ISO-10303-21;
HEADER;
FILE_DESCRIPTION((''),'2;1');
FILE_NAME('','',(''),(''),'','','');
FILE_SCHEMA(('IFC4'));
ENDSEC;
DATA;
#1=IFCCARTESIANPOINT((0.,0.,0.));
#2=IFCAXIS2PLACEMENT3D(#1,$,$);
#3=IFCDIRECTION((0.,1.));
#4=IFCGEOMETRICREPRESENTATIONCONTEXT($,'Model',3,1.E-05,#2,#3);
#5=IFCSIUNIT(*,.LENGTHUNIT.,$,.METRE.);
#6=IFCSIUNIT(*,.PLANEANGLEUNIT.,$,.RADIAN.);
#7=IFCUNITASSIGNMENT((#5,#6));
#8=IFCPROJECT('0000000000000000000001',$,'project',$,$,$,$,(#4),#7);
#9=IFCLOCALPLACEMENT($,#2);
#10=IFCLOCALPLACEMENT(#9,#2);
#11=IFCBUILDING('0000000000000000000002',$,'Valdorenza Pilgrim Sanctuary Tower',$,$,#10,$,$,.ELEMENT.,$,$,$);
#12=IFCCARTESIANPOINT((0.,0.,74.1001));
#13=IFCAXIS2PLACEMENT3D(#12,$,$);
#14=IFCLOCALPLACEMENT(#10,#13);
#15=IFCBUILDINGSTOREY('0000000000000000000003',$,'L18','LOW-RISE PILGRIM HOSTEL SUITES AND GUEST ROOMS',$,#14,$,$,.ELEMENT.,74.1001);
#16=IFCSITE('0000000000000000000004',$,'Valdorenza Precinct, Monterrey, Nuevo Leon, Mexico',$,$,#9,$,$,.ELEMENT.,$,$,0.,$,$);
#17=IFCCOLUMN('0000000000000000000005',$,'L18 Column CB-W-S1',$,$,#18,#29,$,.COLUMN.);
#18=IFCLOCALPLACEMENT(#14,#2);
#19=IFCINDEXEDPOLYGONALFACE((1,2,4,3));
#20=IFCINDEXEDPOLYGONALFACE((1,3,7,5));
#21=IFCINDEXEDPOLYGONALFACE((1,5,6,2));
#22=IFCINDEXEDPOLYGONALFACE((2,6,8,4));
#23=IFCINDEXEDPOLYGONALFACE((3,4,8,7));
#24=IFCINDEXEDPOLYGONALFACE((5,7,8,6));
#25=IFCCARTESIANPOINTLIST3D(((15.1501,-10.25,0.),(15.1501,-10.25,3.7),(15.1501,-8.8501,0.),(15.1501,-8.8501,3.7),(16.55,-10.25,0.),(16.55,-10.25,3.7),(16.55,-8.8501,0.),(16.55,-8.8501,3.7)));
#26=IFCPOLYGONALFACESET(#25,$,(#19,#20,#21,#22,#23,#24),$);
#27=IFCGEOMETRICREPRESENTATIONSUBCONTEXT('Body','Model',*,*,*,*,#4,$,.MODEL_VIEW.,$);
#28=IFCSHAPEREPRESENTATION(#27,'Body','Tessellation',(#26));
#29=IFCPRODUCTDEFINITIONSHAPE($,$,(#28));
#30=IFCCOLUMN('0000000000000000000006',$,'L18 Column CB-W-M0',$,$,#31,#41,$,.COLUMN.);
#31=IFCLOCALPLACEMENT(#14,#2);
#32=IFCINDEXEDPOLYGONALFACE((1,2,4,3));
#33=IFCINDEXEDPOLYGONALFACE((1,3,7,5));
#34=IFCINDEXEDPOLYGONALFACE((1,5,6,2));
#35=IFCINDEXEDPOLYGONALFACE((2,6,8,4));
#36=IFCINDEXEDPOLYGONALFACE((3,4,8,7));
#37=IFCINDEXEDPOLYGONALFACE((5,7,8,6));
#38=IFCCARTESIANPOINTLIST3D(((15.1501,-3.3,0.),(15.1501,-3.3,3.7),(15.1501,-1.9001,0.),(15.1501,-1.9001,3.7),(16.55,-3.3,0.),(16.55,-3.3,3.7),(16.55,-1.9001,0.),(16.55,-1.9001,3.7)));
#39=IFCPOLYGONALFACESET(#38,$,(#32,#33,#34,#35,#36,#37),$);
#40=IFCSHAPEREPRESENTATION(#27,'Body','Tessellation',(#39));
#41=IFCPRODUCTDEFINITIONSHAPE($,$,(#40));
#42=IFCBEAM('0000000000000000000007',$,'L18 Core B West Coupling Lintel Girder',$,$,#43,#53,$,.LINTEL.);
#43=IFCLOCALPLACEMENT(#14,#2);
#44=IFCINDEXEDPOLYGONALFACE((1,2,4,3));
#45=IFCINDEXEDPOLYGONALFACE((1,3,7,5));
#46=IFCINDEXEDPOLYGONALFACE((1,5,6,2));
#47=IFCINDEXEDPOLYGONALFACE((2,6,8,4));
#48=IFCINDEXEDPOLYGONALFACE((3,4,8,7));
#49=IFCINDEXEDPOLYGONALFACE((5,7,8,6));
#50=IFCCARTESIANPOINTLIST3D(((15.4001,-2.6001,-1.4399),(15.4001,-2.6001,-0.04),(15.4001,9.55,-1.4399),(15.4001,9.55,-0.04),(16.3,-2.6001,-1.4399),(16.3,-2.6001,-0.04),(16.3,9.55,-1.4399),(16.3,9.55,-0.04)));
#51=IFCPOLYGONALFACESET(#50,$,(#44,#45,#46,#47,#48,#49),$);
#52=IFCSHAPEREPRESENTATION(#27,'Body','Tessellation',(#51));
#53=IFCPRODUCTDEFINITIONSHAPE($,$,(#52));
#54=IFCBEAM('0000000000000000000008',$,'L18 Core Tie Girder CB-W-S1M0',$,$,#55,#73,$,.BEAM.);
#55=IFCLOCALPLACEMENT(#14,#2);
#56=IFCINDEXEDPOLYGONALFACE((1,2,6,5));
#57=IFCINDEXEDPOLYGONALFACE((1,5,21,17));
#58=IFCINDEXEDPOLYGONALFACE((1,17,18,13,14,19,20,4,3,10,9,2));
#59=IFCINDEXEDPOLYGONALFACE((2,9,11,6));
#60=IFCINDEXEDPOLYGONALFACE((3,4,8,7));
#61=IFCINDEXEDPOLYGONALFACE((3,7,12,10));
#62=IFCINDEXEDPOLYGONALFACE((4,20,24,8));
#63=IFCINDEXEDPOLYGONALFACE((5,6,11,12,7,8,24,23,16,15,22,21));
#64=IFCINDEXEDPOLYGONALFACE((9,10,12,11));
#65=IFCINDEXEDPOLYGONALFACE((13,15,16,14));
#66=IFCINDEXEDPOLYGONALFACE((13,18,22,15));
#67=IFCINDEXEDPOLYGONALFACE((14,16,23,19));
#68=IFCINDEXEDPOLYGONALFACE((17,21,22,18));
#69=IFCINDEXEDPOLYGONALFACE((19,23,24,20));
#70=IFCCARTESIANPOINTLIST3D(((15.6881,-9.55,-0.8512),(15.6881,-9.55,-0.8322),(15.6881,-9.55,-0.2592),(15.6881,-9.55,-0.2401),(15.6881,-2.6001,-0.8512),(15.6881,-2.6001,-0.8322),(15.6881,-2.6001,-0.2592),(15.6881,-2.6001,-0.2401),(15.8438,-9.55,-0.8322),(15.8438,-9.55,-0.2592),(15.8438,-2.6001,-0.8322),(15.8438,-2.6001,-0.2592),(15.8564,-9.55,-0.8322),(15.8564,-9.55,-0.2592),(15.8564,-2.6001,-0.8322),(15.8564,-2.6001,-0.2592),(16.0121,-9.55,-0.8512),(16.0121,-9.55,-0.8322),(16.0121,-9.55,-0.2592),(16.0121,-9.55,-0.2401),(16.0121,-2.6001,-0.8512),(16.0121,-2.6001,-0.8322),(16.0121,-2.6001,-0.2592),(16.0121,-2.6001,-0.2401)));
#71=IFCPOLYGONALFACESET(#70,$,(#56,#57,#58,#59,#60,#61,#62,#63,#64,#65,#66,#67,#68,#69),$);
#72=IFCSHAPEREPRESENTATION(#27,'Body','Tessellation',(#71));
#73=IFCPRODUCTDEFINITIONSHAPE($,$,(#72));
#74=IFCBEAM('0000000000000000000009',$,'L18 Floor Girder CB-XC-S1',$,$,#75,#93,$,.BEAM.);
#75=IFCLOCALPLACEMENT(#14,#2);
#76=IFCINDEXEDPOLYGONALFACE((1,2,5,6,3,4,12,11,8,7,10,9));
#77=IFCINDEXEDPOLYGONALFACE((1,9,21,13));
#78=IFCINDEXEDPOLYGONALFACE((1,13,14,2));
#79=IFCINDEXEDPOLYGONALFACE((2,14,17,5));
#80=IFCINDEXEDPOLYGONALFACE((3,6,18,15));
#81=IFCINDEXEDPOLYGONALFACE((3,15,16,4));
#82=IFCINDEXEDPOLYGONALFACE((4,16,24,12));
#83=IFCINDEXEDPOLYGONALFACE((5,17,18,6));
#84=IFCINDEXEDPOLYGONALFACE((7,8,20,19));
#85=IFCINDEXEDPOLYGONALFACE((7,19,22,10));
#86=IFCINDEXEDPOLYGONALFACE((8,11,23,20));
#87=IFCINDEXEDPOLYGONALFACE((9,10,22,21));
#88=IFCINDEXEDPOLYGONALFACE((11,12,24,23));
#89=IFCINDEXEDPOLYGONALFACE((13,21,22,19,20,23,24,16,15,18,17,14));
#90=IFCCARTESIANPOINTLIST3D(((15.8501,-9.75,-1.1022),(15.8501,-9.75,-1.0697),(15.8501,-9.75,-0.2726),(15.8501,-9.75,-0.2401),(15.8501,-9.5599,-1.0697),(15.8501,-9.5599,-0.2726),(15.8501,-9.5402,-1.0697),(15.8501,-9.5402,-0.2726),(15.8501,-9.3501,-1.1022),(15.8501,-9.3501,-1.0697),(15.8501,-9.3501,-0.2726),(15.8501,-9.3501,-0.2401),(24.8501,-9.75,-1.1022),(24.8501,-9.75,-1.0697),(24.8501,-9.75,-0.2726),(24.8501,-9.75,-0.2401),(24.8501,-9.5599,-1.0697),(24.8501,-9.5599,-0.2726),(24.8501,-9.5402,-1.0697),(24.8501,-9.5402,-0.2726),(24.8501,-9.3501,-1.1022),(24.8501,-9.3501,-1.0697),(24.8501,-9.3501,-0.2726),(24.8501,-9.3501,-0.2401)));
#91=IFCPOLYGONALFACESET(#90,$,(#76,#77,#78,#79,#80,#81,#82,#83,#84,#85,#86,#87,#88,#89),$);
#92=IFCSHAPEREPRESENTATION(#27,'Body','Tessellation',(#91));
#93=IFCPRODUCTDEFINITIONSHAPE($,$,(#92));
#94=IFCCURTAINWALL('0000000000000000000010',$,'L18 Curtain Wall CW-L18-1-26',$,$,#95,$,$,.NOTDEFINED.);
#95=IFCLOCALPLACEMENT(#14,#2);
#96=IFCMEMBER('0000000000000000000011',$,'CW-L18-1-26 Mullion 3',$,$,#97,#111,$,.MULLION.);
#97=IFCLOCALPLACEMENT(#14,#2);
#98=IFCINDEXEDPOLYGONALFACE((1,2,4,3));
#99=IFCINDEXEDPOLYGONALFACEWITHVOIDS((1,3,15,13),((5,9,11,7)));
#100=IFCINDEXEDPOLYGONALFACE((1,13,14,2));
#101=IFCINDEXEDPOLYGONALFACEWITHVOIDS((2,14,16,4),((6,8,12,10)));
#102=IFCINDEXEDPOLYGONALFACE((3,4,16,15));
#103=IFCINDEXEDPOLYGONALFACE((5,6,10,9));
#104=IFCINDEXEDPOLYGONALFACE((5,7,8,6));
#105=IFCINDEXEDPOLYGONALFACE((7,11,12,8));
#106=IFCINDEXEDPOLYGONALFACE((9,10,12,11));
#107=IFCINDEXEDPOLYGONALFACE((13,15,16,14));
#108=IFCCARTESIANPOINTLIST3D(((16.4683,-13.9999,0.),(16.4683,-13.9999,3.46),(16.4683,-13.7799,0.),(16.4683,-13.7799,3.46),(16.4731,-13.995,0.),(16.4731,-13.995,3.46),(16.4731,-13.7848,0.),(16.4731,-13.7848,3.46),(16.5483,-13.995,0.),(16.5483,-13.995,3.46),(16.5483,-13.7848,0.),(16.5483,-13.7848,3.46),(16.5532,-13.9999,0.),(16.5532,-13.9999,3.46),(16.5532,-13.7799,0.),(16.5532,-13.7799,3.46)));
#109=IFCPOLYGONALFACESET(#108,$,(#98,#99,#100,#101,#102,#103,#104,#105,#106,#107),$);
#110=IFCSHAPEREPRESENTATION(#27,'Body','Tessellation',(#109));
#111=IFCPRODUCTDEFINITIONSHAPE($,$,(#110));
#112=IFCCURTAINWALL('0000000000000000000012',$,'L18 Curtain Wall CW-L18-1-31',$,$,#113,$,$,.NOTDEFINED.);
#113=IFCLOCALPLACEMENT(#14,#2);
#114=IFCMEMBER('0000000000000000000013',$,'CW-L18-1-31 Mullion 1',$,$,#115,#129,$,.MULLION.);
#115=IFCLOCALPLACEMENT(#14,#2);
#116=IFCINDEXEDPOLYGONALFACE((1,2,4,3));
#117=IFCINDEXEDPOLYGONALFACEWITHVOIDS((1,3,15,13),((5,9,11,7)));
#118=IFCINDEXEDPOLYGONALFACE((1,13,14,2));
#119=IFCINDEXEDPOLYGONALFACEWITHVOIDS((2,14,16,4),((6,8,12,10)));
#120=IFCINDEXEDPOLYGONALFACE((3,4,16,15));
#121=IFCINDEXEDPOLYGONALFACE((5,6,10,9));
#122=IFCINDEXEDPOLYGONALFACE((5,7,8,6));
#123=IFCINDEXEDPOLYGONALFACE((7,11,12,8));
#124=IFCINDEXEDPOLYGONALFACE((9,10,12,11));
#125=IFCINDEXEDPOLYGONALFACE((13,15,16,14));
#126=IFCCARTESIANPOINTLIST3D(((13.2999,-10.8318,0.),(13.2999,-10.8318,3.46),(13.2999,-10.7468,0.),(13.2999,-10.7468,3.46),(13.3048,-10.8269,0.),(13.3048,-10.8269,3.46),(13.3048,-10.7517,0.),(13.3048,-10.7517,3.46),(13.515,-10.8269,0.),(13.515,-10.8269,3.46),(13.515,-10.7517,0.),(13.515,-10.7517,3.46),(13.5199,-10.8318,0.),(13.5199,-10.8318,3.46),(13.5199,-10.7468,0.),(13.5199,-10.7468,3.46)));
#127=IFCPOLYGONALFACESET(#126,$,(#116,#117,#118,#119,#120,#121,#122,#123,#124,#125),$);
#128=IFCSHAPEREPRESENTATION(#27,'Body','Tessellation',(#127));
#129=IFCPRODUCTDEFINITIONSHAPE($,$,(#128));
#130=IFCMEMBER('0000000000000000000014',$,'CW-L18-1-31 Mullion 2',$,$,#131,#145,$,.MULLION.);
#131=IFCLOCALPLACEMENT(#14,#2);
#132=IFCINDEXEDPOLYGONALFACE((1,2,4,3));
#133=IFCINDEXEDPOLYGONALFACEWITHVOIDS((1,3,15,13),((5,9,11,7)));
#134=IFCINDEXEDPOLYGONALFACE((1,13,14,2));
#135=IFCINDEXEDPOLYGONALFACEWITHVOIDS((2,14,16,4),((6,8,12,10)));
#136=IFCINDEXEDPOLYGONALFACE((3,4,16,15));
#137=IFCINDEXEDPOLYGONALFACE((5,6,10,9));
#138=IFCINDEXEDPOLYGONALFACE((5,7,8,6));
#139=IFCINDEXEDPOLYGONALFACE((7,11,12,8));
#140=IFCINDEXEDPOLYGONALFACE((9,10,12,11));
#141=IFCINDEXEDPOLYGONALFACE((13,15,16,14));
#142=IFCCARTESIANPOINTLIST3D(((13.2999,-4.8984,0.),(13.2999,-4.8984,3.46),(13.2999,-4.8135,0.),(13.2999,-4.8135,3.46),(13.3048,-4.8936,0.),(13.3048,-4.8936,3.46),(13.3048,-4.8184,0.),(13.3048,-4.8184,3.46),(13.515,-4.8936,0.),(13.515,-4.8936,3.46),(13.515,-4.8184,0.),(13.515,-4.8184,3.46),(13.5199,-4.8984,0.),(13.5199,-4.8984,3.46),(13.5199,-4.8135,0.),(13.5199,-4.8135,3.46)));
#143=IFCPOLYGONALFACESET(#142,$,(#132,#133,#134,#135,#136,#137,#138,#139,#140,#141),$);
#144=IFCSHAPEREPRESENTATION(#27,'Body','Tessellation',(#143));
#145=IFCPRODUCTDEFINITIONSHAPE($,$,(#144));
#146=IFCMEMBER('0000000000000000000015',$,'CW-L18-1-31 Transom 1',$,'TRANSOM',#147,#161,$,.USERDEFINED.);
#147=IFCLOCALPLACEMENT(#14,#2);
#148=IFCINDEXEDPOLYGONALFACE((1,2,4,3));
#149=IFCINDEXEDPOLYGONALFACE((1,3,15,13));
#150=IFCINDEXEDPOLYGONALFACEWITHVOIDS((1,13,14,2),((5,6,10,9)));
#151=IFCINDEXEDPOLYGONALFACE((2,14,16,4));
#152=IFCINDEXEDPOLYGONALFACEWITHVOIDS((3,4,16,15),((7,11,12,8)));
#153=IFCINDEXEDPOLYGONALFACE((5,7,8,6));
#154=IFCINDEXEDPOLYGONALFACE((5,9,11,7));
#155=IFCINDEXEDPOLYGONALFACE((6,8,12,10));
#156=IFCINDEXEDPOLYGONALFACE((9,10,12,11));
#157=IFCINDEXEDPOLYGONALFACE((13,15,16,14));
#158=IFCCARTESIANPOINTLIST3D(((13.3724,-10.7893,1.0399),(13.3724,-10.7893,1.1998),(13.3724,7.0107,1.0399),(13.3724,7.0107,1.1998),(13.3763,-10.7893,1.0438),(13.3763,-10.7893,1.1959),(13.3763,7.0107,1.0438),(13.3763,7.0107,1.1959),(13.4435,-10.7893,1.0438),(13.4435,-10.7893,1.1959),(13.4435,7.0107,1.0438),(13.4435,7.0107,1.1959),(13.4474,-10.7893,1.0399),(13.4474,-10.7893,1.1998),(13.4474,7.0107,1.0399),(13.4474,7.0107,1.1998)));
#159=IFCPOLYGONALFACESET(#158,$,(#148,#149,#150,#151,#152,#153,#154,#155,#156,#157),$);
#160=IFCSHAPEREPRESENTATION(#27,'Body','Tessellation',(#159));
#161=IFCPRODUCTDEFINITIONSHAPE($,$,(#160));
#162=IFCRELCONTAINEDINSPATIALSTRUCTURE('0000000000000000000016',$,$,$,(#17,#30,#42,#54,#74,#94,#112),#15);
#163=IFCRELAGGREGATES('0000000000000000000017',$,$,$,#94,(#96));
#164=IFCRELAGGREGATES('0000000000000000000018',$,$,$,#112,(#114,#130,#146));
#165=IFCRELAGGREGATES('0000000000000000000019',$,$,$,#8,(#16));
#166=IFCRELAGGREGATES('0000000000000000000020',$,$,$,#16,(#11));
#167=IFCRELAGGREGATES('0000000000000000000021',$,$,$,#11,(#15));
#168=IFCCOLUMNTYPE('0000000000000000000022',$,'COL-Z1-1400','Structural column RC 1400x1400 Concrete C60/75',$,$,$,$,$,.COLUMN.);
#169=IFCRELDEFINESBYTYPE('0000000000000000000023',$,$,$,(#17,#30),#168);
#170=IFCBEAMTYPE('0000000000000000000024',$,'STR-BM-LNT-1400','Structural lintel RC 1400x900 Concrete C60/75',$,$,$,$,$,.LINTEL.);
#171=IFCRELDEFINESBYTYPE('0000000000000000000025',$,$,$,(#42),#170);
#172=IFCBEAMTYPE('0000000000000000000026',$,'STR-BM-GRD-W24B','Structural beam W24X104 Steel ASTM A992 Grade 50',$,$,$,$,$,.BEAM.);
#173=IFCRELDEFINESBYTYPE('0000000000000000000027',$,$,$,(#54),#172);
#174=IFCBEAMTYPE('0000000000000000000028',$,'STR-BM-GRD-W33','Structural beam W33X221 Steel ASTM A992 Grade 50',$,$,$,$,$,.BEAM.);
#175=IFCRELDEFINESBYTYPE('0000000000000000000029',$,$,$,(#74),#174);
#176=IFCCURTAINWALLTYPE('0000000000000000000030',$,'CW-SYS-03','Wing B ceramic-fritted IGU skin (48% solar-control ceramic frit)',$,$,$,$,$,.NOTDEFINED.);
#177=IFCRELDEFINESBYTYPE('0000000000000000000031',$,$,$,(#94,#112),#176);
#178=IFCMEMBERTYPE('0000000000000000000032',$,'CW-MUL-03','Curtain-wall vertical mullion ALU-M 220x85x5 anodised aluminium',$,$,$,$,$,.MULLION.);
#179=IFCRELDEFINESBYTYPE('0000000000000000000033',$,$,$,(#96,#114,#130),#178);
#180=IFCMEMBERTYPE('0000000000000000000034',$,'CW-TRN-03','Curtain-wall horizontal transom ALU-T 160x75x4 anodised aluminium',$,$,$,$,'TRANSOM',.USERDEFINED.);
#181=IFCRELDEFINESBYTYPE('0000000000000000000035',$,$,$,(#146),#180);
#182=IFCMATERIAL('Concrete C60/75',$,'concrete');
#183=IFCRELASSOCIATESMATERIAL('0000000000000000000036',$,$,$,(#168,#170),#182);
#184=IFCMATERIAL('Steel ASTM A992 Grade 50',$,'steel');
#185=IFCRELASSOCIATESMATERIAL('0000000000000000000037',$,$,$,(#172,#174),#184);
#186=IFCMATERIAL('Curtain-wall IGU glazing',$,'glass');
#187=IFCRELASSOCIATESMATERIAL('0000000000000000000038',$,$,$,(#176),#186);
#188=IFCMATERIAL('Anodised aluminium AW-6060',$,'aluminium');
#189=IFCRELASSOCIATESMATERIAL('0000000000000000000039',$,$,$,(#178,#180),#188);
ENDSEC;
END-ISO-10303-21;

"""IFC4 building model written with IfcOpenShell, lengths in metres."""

from ifc_helpers import new_model, si_unit, direction, frame, origin, origin_2d, place, context, subcontext, project, spatial, rectangle, hollow_rectangle, i_section, extrude, source, transform, mapped, material, material_profile, profile_set, type_object, element, aggregate, save


model = new_model("IFC4")

# Units and contexts
model_context = context("Model", 3, precision=1e-05, world=origin(), true_north=direction((0.0, 1.0)))
body_context = subcontext(model_context, "Body", "Model", "MODEL_VIEW")
ifc_project = project(units=[si_unit("LENGTHUNIT", "METRE"), si_unit("PLANEANGLEUNIT", "RADIAN")], contexts=[model_context])

# Site, building, storey
site_placement = place(None, origin())
site = spatial("IfcSite", under=ifc_project, at=site_placement, Name="Valdorenza Precinct, Monterrey, Nuevo Leon, Mexico", CompositionType="ELEMENT", RefElevation=0.0)
building_placement = place(site_placement, origin())
building = spatial("IfcBuilding", under=site, at=building_placement, Name="Valdorenza Pilgrim Sanctuary Tower", CompositionType="ELEMENT")
storey_placement = place(building_placement, frame((0.0, 0.0, 74.1001)))
storey = spatial("IfcBuildingStorey", under=building, at=storey_placement, Name="L18", Description="LOW-RISE PILGRIM HOSTEL SUITES AND GUEST ROOMS", CompositionType="ELEMENT", Elevation=74.1001)

# Columns
ifc_material_1 = material(Name="Concrete C60/75", Category="concrete")
ifc_material_profile_1 = material_profile(ifc_material_1, rectangle(XDim=1.3999, YDim=1.3999, at=origin_2d()), Name="RC 1400x1400")
ifc_profile_set_1 = profile_set([ifc_material_profile_1], Name="Concrete C60/75")
column_type = type_object("IfcColumnType", Name="COL-Z1-1400", Description="Structural column RC 1400x1400 Concrete C60/75", PredefinedType="COLUMN", material=ifc_profile_set_1)
shared_shape_1 = source(origin(), body_context, "Body", "SweptSolid", [
    extrude(rectangle(XDim=1.3999, YDim=1.3999, at=origin_2d()), origin(), (0.0, 0.0, 1.0), 3.7),
])
for number, where, z_axis, x_axis, name in (
    (1, (15.8501, -9.55, 0.0), (0.0, 0.0, 1.0), (1.0, 0.0, 0.0), "L18 Column CB-W-S1"),
    (2, (15.8501, -2.6001, 0.0), (0.0, 0.0, 1.0), (1.0, 0.0, 0.0), "L18 Column CB-W-M0"),
):
    element("IfcColumn", number, at=place(storey_placement, frame(where, z_axis=z_axis, x_axis=x_axis)), inside=storey, type_object=column_type, Name=name, PredefinedType="COLUMN", context=body_context, shape_type="MappedRepresentation", body=[
        mapped(shared_shape_1, transform((0.0, 0.0, 0.0), x_axis=(1.0, 0.0, 0.0), y_axis=(0.0, 1.0, 0.0), z_axis=(0.0, 0.0, 1.0), scale=1.0)),
    ])

# Beams
ifc_material_profile_2 = material_profile(ifc_material_1, rectangle(XDim=0.8999, YDim=1.3999, at=origin_2d()), Name="RC 1400x900")
ifc_profile_set_2 = profile_set([ifc_material_profile_2], Name="Concrete C60/75")
beam_type_1 = type_object("IfcBeamType", Name="STR-BM-LNT-1400", Description="Structural lintel RC 1400x900 Concrete C60/75", PredefinedType="LINTEL", material=ifc_profile_set_2)
shared_shape_2 = source(origin(), body_context, "Body", "SweptSolid", [
    extrude(rectangle(XDim=0.8999, YDim=1.3999, at=origin_2d()), origin(), (0.0, 0.0, 1.0), 12.1501),
])
beam_1_placement = place(storey_placement, frame((15.8501, -2.6001, -0.74), z_axis=(0.0, 1.0, 0.0), x_axis=(-1.0, 0.0, 0.0)))
element("IfcBeam", 3, at=beam_1_placement, inside=storey, type_object=beam_type_1, Name="L18 Core B West Coupling Lintel Girder", PredefinedType="LINTEL", context=body_context, shape_type="MappedRepresentation", body=[
    mapped(shared_shape_2, transform((0.0, 0.0, 0.0), x_axis=(1.0, 0.0, 0.0), y_axis=(0.0, 1.0, 0.0), z_axis=(0.0, 0.0, 1.0), scale=1.0)),
])
ifc_material_2 = material(Name="Steel ASTM A992 Grade 50", Category="steel")
ifc_material_profile_3 = material_profile(ifc_material_2, i_section(OverallWidth=0.324, OverallDepth=0.6111, WebThickness=0.0127, FlangeThickness=0.019, at=origin_2d()), Name="W24X104")
ifc_profile_set_3 = profile_set([ifc_material_profile_3], Name="Steel ASTM A992 Grade 50")
beam_type_2 = type_object("IfcBeamType", Name="STR-BM-GRD-W24B", Description="Structural beam W24X104 Steel ASTM A992 Grade 50", PredefinedType="BEAM", material=ifc_profile_set_3)
shared_shape_3 = source(origin(), body_context, "Body", "SweptSolid", [
    extrude(i_section(OverallWidth=0.324, OverallDepth=0.6111, WebThickness=0.0127, FlangeThickness=0.019, at=origin_2d()), origin(), (0.0, 0.0, 1.0), 6.95),
])
beam_2_placement = place(storey_placement, frame((15.8501, -9.55, -0.5457), z_axis=(0.0, 1.0, 0.0), x_axis=(-1.0, 0.0, 0.0)))
element("IfcBeam", 4, at=beam_2_placement, inside=storey, type_object=beam_type_2, Name="L18 Core Tie Girder CB-W-S1M0", PredefinedType="BEAM", context=body_context, shape_type="MappedRepresentation", body=[
    mapped(shared_shape_3, transform((0.0, 0.0, 0.0), x_axis=(1.0, 0.0, 0.0), y_axis=(0.0, 1.0, 0.0), z_axis=(0.0, 0.0, 1.0), scale=1.0)),
])
ifc_material_profile_4 = material_profile(ifc_material_2, i_section(OverallWidth=0.3999, OverallDepth=0.8621, WebThickness=0.0198, FlangeThickness=0.0325, at=origin_2d()), Name="W33X221")
ifc_profile_set_4 = profile_set([ifc_material_profile_4], Name="Steel ASTM A992 Grade 50")
beam_type_3 = type_object("IfcBeamType", Name="STR-BM-GRD-W33", Description="Structural beam W33X221 Steel ASTM A992 Grade 50", PredefinedType="BEAM", material=ifc_profile_set_4)
shared_shape_4 = source(origin(), body_context, "Body", "SweptSolid", [
    extrude(i_section(OverallWidth=0.3999, OverallDepth=0.8621, WebThickness=0.0198, FlangeThickness=0.0325, at=origin_2d()), origin(), (0.0, 0.0, 1.0), 9.0),
])
beam_3_placement = place(storey_placement, frame((15.8501, -9.55, -0.6711), z_axis=(1.0, 0.0, 0.0), x_axis=(0.0, 1.0, 0.0)))
element("IfcBeam", 5, at=beam_3_placement, inside=storey, type_object=beam_type_3, Name="L18 Floor Girder CB-XC-S1", PredefinedType="BEAM", context=body_context, shape_type="MappedRepresentation", body=[
    mapped(shared_shape_4, transform((0.0, 0.0, 0.0), x_axis=(1.0, 0.0, 0.0), y_axis=(0.0, 1.0, 0.0), z_axis=(0.0, 0.0, 1.0), scale=1.0)),
])

# Curtain wall, member
ifc_material_3 = material(Name="Curtain-wall IGU glazing", Category="glass")
curtain_wall_type = type_object("IfcCurtainWallType", Name="CW-SYS-03", Description="Wing B ceramic-fritted IGU skin (48% solar-control ceramic frit)", PredefinedType="NOTDEFINED", material=ifc_material_3)
curtain_wall_1_placement = place(storey_placement, origin())
curtain_wall_1 = element("IfcCurtainWall", 6, at=curtain_wall_1_placement, inside=storey, type_object=curtain_wall_type, Name="L18 Curtain Wall CW-L18-1-26", PredefinedType="NOTDEFINED")
ifc_material_4 = material(Name="Anodised aluminium AW-6060", Category="aluminium")
ifc_material_profile_5 = material_profile(ifc_material_4, hollow_rectangle(XDim=0.085, YDim=0.22, WallThickness=0.0049, at=origin_2d()), Name="ALU-M 220x85x5")
ifc_profile_set_5 = profile_set([ifc_material_profile_5], Name="Anodised aluminium AW-6060")
member_type_1 = type_object("IfcMemberType", Name="CW-MUL-03", Description="Curtain-wall vertical mullion ALU-M 220x85x5 anodised aluminium", PredefinedType="MULLION", material=ifc_profile_set_5)
shared_shape_5 = source(origin(), body_context, "Body", "SweptSolid", [
    extrude(hollow_rectangle(XDim=0.085, YDim=0.22, WallThickness=0.0049, at=origin_2d()), origin(), (0.0, 0.0, 1.0), 3.46),
])
member_1_placement = place(storey_placement, frame((16.5107, -13.8899, 0.0), z_axis=(0.0, 0.0, 1.0), x_axis=(-1.0, 0.0, 0.0)))
member_1 = element("IfcMember", 7, at=member_1_placement, type_object=member_type_1, Name="CW-L18-1-26 Mullion 3", PredefinedType="MULLION", context=body_context, shape_type="MappedRepresentation", body=[
    mapped(shared_shape_5, transform((0.0, 0.0, 0.0), x_axis=(1.0, 0.0, 0.0), y_axis=(0.0, 1.0, 0.0), z_axis=(0.0, 0.0, 1.0), scale=1.0)),
])
aggregate(curtain_wall_1, [member_1])

# Curtain wall, members
curtain_wall_2_placement = place(storey_placement, origin())
curtain_wall_2 = element("IfcCurtainWall", 8, at=curtain_wall_2_placement, inside=storey, type_object=curtain_wall_type, Name="L18 Curtain Wall CW-L18-1-31", PredefinedType="NOTDEFINED")
member_2_placement = place(storey_placement, frame((13.4099, -10.7893, 0.0), z_axis=(0.0, 0.0, 1.0), x_axis=(0.0, 1.0, 0.0)))
member_2 = element("IfcMember", 9, at=member_2_placement, type_object=member_type_1, Name="CW-L18-1-31 Mullion 1", PredefinedType="MULLION", context=body_context, shape_type="MappedRepresentation", body=[
    mapped(shared_shape_5, transform((0.0, 0.0, 0.0), x_axis=(1.0, 0.0, 0.0), y_axis=(0.0, 1.0, 0.0), z_axis=(0.0, 0.0, 1.0), scale=1.0)),
])
member_3_placement = place(storey_placement, frame((13.4099, -4.856, 0.0), z_axis=(0.0, 0.0, 1.0), x_axis=(0.0, 1.0, 0.0)))
member_3 = element("IfcMember", 10, at=member_3_placement, type_object=member_type_1, Name="CW-L18-1-31 Mullion 2", PredefinedType="MULLION", context=body_context, shape_type="MappedRepresentation", body=[
    mapped(shared_shape_5, transform((0.0, 0.0, 0.0), x_axis=(1.0, 0.0, 0.0), y_axis=(0.0, 1.0, 0.0), z_axis=(0.0, 0.0, 1.0), scale=1.0)),
])
ifc_material_profile_6 = material_profile(ifc_material_4, hollow_rectangle(XDim=0.075, YDim=0.1599, WallThickness=0.0039, at=origin_2d()), Name="ALU-T 160x75x4")
ifc_profile_set_6 = profile_set([ifc_material_profile_6], Name="Anodised aluminium AW-6060")
member_type_2 = type_object("IfcMemberType", Name="CW-TRN-03", Description="Curtain-wall horizontal transom ALU-T 160x75x4 anodised aluminium", ElementType="TRANSOM", PredefinedType="USERDEFINED", material=ifc_profile_set_6)
shared_shape_6 = source(origin(), body_context, "Body", "SweptSolid", [
    extrude(hollow_rectangle(XDim=0.075, YDim=0.1599, WallThickness=0.0039, at=origin_2d()), origin(), (0.0, 0.0, 1.0), 17.8),
])
member_4_placement = place(storey_placement, frame((13.4099, -10.7893, 1.1199), z_axis=(0.0, 1.0, 0.0), x_axis=(-1.0, 0.0, 0.0)))
member_4 = element("IfcMember", 11, at=member_4_placement, type_object=member_type_2, Name="CW-L18-1-31 Transom 1", ObjectType="TRANSOM", PredefinedType="USERDEFINED", context=body_context, shape_type="MappedRepresentation", body=[
    mapped(shared_shape_6, transform((0.0, 0.0, 0.0), x_axis=(1.0, 0.0, 0.0), y_axis=(0.0, 1.0, 0.0), z_axis=(0.0, 0.0, 1.0), scale=1.0)),
])
aggregate(curtain_wall_2, [member_2, member_3, member_4])

save(model, "model.ifc")
